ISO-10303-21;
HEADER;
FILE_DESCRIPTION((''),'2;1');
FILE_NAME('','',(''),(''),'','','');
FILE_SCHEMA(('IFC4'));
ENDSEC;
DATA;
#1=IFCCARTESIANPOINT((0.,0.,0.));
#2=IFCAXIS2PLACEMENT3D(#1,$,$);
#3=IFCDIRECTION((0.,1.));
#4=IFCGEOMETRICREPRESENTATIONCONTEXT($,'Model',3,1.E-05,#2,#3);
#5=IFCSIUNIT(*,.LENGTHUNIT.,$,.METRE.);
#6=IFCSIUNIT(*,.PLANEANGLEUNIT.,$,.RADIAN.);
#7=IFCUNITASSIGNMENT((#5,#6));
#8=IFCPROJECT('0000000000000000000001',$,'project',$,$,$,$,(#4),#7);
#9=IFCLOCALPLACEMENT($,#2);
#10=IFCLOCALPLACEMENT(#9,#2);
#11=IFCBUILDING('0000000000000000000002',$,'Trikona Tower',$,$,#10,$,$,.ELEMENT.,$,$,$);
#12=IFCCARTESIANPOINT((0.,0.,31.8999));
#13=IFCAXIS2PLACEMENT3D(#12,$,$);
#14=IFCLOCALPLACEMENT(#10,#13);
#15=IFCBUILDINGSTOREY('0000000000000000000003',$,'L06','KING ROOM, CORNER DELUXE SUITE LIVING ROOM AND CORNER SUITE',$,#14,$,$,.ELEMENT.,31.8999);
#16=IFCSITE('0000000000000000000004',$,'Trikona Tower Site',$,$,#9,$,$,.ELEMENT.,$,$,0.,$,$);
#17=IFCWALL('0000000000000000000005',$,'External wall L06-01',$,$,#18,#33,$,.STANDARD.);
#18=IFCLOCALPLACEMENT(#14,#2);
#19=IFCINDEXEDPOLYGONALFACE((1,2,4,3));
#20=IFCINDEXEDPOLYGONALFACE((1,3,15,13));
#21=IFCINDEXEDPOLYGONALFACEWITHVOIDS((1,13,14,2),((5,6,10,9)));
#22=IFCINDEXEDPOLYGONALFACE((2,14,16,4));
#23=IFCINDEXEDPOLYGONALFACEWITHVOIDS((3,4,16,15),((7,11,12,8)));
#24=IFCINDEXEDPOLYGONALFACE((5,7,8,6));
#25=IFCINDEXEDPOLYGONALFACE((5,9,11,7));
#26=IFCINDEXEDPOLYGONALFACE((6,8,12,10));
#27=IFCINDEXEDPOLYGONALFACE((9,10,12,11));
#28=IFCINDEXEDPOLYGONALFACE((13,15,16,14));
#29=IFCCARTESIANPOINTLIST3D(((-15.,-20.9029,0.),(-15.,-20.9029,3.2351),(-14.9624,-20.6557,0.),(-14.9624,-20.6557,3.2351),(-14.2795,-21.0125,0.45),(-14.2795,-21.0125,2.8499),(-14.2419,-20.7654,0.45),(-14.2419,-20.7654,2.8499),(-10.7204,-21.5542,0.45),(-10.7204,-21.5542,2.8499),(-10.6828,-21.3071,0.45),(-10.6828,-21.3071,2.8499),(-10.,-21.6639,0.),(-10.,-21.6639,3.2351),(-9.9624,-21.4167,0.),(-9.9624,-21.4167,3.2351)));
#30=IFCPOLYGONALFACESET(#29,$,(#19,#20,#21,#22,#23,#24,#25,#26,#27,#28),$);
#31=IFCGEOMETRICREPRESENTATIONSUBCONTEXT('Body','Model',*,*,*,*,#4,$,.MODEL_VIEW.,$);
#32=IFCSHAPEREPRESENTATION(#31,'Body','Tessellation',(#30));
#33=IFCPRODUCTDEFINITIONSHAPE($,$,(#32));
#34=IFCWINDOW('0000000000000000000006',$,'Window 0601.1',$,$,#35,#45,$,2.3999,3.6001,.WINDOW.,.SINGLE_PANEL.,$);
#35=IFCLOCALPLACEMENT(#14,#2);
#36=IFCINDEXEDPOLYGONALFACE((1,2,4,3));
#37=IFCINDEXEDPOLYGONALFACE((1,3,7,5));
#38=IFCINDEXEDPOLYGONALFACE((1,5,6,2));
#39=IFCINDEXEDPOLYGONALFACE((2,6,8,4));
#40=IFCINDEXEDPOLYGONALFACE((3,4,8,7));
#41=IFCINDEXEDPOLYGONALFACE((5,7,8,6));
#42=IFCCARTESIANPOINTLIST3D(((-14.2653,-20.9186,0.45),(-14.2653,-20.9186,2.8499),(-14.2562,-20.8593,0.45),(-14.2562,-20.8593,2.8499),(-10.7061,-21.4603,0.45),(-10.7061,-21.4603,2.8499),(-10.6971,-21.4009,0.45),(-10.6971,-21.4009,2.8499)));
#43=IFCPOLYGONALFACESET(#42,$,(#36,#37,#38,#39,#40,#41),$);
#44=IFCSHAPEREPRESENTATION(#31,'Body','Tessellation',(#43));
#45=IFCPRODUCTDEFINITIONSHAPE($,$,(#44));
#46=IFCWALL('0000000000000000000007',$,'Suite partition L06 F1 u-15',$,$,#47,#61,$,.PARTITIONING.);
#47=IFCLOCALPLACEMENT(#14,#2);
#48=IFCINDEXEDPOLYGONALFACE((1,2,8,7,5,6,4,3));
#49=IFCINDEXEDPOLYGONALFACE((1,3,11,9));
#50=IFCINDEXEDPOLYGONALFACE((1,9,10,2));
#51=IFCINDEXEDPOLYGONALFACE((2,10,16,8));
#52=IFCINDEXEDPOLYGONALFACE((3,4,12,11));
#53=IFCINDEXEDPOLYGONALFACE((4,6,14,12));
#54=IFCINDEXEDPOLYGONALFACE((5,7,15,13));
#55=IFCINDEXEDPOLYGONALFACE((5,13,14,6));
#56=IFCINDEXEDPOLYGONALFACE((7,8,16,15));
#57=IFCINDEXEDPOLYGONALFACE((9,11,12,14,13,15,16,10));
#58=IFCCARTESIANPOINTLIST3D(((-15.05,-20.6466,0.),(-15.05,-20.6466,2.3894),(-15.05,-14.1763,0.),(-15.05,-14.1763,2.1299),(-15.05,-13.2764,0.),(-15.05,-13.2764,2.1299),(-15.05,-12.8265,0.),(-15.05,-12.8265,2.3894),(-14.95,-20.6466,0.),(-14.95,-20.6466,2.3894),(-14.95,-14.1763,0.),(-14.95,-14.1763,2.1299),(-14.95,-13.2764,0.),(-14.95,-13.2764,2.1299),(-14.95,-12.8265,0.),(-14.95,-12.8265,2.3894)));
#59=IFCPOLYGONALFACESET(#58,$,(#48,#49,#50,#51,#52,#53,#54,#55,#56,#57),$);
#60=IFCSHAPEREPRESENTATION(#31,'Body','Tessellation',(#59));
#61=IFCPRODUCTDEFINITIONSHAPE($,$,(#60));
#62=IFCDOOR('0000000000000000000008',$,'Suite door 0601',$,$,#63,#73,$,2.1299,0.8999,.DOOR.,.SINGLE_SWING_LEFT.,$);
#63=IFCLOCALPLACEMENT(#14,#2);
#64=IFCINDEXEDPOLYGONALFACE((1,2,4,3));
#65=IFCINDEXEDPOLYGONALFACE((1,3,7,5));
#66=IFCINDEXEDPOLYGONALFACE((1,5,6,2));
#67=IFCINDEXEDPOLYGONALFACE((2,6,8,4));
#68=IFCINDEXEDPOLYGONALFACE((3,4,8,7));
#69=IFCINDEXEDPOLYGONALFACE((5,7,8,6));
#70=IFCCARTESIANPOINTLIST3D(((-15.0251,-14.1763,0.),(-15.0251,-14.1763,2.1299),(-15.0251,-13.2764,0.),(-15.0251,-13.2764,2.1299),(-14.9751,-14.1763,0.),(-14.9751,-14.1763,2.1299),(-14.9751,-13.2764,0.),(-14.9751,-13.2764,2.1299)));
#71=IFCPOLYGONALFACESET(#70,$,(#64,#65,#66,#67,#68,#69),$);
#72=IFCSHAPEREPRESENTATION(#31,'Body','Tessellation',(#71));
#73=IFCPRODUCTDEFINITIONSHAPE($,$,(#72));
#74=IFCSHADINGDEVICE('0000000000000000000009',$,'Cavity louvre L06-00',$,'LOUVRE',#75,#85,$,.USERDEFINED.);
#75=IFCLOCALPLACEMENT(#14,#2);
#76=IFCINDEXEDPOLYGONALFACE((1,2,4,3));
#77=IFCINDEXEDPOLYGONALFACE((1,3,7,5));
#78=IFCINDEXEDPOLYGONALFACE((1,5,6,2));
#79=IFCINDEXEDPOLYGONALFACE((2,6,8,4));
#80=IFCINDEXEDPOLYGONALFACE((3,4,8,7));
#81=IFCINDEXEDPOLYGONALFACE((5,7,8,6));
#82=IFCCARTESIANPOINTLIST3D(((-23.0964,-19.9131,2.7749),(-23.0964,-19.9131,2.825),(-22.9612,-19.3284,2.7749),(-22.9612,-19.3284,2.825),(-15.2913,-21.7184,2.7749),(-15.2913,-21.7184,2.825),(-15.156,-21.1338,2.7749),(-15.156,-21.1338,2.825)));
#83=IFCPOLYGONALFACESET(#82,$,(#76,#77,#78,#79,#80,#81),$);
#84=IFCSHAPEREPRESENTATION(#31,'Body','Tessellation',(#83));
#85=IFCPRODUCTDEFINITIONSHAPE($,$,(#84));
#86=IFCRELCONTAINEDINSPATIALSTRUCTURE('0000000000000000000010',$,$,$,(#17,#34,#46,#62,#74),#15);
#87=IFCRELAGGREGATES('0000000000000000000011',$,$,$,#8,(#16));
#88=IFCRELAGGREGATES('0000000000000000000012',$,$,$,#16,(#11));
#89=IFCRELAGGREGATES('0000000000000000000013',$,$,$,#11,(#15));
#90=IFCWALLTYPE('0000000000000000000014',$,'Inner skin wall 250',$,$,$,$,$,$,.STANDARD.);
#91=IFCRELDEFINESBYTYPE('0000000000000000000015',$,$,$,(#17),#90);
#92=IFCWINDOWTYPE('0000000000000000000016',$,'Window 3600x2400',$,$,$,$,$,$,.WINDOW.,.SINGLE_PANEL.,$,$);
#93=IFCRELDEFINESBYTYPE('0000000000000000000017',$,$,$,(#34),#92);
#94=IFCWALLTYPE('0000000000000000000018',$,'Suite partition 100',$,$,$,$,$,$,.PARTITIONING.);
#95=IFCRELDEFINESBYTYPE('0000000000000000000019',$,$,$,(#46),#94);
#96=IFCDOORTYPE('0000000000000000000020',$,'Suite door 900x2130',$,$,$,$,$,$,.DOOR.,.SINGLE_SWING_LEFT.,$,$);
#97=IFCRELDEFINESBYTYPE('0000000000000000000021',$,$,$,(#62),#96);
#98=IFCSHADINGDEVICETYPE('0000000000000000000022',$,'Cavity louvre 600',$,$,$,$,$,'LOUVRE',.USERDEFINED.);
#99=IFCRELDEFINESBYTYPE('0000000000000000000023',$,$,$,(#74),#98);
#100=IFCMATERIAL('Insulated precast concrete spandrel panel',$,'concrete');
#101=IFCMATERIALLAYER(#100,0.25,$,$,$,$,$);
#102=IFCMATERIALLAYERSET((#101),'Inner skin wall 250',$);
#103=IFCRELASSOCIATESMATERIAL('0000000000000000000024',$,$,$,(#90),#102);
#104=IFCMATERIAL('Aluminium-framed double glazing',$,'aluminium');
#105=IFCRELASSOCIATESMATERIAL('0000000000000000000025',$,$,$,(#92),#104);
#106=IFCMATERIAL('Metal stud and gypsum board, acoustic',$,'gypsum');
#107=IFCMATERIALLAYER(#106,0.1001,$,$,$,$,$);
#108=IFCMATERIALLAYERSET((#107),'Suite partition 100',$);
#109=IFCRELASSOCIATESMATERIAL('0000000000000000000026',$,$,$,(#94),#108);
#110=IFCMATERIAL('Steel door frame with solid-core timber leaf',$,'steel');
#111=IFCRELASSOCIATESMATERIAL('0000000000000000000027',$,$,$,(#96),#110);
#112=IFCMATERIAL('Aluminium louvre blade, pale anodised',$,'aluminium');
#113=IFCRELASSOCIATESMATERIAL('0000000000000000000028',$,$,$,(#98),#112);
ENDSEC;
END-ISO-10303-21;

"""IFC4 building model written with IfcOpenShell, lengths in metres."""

from ifc_helpers import new_model, si_unit, direction, frame, frame_2d, origin, origin_2d, place, context, subcontext, project, spatial, rectangle, extrude, material, layer, layer_set, type_object, element, fill, save


model = new_model("IFC4")

# Units and contexts
model_context = context("Model", 3, precision=1e-05, world=origin(), true_north=direction((0.0, 1.0)))
body_context = subcontext(model_context, "Body", "Model", "MODEL_VIEW")
ifc_project = project(units=[si_unit("LENGTHUNIT", "METRE"), si_unit("PLANEANGLEUNIT", "RADIAN")], contexts=[model_context])

# Site, building, storey
site_placement = place(None, origin())
site = spatial("IfcSite", under=ifc_project, at=site_placement, Name="Trikona Tower Site", CompositionType="ELEMENT", RefElevation=0.0)
building_placement = place(site_placement, origin())
building = spatial("IfcBuilding", under=site, at=building_placement, Name="Trikona Tower", CompositionType="ELEMENT")
storey_placement = place(building_placement, frame((0.0, 0.0, 31.8999)))
storey = spatial("IfcBuildingStorey", under=building, at=storey_placement, Name="L06", Description="KING ROOM, CORNER DELUXE SUITE LIVING ROOM AND CORNER SUITE", CompositionType="ELEMENT", Elevation=31.8999)

# Wall, opening, window
ifc_material_1 = material(Name="Insulated precast concrete spandrel panel", Category="concrete")
ifc_layer_1 = layer(ifc_material_1, 0.25)
ifc_layer_set_1 = layer_set([ifc_layer_1], Name="Inner skin wall 250")
wall_type_1 = type_object("IfcWallType", Name="Inner skin wall 250", PredefinedType="STANDARD", material=ifc_layer_set_1)
wall_1_placement = place(storey_placement, frame((-14.9812, -20.7793, 0.0), z_axis=(0.0, 0.0, 1.0), x_axis=(0.988615, -0.150465, 0.0)))
wall_1 = element("IfcWall", 1, at=wall_1_placement, inside=storey, type_object=wall_type_1, Name="External wall L06-01", PredefinedType="STANDARD", context=body_context, shape_type="SweptSolid", body=[
    extrude(rectangle(XDim=5.0576, YDim=0.25, at=frame_2d((2.5288, 0.0))), origin(), (0.0, 0.0, 1.0), 3.2351),
])
opening_1_placement = place(wall_1_placement, frame((0.7288, 0.0, 0.45)))
opening_1 = element("IfcOpeningElement", 2, at=opening_1_placement, cuts=wall_1, PredefinedType="OPENING", context=body_context, shape_type="SweptSolid", body=[
    extrude(rectangle(XDim=3.6001, YDim=2.3999, at=frame_2d((1.8, 1.2))), frame((0.0, 0.135, 0.0), z_axis=(0.0, -1.0, 0.0), x_axis=(1.0, 0.0, 0.0)), (0.0, 0.0, 1.0), 0.27),
])
ifc_material_2 = material(Name="Aluminium-framed double glazing", Category="aluminium")
window_type = type_object("IfcWindowType", Name="Window 3600x2400", PartitioningType="SINGLE_PANEL", PredefinedType="WINDOW", material=ifc_material_2)
window_placement = place(opening_1_placement, origin())
window = element("IfcWindow", 3, at=window_placement, inside=storey, type_object=window_type, Name="Window 0601.1", OverallHeight=2.3999, OverallWidth=3.6001, PartitioningType="SINGLE_PANEL", PredefinedType="WINDOW", context=body_context, shape_type="SweptSolid", body=[
    extrude(rectangle(XDim=3.6001, YDim=2.3999, at=frame_2d((1.8, 1.2))), frame((0.0, 0.03, 0.0), z_axis=(0.0, -1.0, 0.0), x_axis=(1.0, 0.0, 0.0)), (0.0, 0.0, 1.0), 0.0601),
])
fill(opening_1, window)

# Wall, opening, door
ifc_material_3 = material(Name="Metal stud and gypsum board, acoustic", Category="gypsum")
ifc_layer_2 = layer(ifc_material_3, 0.1001)
ifc_layer_set_2 = layer_set([ifc_layer_2], Name="Suite partition 100")
wall_type_2 = type_object("IfcWallType", Name="Suite partition 100", PredefinedType="PARTITIONING", material=ifc_layer_set_2)
wall_2_placement = place(storey_placement, frame((-15.0, -12.8264, 0.0), z_axis=(0.0, 0.0, 1.0), x_axis=(0.0, -1.0, 0.0)))
wall_2 = element("IfcWall", 4, at=wall_2_placement, inside=storey, type_object=wall_type_2, Name="Suite partition L06 F1 u-15", PredefinedType="PARTITIONING", context=body_context, shape_type="SweptSolid", body=[
    extrude(rectangle(XDim=7.8201, YDim=0.1001, at=frame_2d((3.9102, 0.0))), origin(), (0.0, 0.0, 1.0), 2.3894),
])
opening_2_placement = place(wall_2_placement, frame((0.45, 0.0, 0.0)))
opening_2 = element("IfcOpeningElement", 5, at=opening_2_placement, cuts=wall_2, PredefinedType="OPENING", context=body_context, shape_type="SweptSolid", body=[
    extrude(rectangle(XDim=0.8999, YDim=2.1299, at=frame_2d((0.45, 1.0649))), frame((0.0, 0.0601, 0.0), z_axis=(0.0, -1.0, 0.0), x_axis=(1.0, 0.0, 0.0)), (0.0, 0.0, 1.0), 0.1201),
])
ifc_material_4 = material(Name="Steel door frame with solid-core timber leaf", Category="steel")
door_type_1 = type_object("IfcDoorType", Name="Suite door 900x2130", OperationType="SINGLE_SWING_LEFT", PredefinedType="DOOR", material=ifc_material_4)
door_1_placement = place(opening_2_placement, origin())
door_1 = element("IfcDoor", 6, at=door_1_placement, inside=storey, type_object=door_type_1, Name="Suite door 0601", OperationType="SINGLE_SWING_LEFT", OverallHeight=2.1299, OverallWidth=0.8999, PredefinedType="DOOR", context=body_context, shape_type="SweptSolid", body=[
    extrude(rectangle(XDim=0.8999, YDim=2.1299, at=frame_2d((0.45, 1.0649))), frame((0.0, 0.0249, 0.0), z_axis=(0.0, -1.0, 0.0), x_axis=(1.0, 0.0, 0.0)), (0.0, 0.0, 1.0), 0.05),
])
fill(opening_2, door_1)

# Shading device
ifc_material_5 = material(Name="Aluminium louvre blade, pale anodised", Category="aluminium")
shading_device_type = type_object("IfcShadingDeviceType", Name="Cavity louvre 600", ElementType="LOUVRE", PredefinedType="USERDEFINED", material=ifc_material_5)
shading_device_placement = place(storey_placement, frame((-19.1262, -20.5234, 2.7749), z_axis=(0.0, 0.0, 1.0), x_axis=(0.974278, -0.225351, 0.0)))
element("IfcShadingDevice", 7, at=shading_device_placement, inside=storey, type_object=shading_device_type, Name="Cavity louvre L06-00", ObjectType="LOUVRE", PredefinedType="USERDEFINED", context=body_context, shape_type="SweptSolid", body=[
    extrude(rectangle(XDim=8.0112, YDim=0.6001, at=origin_2d()), origin(), (0.0, 0.0, 1.0), 0.05),
])

save(model, "model.ifc")
